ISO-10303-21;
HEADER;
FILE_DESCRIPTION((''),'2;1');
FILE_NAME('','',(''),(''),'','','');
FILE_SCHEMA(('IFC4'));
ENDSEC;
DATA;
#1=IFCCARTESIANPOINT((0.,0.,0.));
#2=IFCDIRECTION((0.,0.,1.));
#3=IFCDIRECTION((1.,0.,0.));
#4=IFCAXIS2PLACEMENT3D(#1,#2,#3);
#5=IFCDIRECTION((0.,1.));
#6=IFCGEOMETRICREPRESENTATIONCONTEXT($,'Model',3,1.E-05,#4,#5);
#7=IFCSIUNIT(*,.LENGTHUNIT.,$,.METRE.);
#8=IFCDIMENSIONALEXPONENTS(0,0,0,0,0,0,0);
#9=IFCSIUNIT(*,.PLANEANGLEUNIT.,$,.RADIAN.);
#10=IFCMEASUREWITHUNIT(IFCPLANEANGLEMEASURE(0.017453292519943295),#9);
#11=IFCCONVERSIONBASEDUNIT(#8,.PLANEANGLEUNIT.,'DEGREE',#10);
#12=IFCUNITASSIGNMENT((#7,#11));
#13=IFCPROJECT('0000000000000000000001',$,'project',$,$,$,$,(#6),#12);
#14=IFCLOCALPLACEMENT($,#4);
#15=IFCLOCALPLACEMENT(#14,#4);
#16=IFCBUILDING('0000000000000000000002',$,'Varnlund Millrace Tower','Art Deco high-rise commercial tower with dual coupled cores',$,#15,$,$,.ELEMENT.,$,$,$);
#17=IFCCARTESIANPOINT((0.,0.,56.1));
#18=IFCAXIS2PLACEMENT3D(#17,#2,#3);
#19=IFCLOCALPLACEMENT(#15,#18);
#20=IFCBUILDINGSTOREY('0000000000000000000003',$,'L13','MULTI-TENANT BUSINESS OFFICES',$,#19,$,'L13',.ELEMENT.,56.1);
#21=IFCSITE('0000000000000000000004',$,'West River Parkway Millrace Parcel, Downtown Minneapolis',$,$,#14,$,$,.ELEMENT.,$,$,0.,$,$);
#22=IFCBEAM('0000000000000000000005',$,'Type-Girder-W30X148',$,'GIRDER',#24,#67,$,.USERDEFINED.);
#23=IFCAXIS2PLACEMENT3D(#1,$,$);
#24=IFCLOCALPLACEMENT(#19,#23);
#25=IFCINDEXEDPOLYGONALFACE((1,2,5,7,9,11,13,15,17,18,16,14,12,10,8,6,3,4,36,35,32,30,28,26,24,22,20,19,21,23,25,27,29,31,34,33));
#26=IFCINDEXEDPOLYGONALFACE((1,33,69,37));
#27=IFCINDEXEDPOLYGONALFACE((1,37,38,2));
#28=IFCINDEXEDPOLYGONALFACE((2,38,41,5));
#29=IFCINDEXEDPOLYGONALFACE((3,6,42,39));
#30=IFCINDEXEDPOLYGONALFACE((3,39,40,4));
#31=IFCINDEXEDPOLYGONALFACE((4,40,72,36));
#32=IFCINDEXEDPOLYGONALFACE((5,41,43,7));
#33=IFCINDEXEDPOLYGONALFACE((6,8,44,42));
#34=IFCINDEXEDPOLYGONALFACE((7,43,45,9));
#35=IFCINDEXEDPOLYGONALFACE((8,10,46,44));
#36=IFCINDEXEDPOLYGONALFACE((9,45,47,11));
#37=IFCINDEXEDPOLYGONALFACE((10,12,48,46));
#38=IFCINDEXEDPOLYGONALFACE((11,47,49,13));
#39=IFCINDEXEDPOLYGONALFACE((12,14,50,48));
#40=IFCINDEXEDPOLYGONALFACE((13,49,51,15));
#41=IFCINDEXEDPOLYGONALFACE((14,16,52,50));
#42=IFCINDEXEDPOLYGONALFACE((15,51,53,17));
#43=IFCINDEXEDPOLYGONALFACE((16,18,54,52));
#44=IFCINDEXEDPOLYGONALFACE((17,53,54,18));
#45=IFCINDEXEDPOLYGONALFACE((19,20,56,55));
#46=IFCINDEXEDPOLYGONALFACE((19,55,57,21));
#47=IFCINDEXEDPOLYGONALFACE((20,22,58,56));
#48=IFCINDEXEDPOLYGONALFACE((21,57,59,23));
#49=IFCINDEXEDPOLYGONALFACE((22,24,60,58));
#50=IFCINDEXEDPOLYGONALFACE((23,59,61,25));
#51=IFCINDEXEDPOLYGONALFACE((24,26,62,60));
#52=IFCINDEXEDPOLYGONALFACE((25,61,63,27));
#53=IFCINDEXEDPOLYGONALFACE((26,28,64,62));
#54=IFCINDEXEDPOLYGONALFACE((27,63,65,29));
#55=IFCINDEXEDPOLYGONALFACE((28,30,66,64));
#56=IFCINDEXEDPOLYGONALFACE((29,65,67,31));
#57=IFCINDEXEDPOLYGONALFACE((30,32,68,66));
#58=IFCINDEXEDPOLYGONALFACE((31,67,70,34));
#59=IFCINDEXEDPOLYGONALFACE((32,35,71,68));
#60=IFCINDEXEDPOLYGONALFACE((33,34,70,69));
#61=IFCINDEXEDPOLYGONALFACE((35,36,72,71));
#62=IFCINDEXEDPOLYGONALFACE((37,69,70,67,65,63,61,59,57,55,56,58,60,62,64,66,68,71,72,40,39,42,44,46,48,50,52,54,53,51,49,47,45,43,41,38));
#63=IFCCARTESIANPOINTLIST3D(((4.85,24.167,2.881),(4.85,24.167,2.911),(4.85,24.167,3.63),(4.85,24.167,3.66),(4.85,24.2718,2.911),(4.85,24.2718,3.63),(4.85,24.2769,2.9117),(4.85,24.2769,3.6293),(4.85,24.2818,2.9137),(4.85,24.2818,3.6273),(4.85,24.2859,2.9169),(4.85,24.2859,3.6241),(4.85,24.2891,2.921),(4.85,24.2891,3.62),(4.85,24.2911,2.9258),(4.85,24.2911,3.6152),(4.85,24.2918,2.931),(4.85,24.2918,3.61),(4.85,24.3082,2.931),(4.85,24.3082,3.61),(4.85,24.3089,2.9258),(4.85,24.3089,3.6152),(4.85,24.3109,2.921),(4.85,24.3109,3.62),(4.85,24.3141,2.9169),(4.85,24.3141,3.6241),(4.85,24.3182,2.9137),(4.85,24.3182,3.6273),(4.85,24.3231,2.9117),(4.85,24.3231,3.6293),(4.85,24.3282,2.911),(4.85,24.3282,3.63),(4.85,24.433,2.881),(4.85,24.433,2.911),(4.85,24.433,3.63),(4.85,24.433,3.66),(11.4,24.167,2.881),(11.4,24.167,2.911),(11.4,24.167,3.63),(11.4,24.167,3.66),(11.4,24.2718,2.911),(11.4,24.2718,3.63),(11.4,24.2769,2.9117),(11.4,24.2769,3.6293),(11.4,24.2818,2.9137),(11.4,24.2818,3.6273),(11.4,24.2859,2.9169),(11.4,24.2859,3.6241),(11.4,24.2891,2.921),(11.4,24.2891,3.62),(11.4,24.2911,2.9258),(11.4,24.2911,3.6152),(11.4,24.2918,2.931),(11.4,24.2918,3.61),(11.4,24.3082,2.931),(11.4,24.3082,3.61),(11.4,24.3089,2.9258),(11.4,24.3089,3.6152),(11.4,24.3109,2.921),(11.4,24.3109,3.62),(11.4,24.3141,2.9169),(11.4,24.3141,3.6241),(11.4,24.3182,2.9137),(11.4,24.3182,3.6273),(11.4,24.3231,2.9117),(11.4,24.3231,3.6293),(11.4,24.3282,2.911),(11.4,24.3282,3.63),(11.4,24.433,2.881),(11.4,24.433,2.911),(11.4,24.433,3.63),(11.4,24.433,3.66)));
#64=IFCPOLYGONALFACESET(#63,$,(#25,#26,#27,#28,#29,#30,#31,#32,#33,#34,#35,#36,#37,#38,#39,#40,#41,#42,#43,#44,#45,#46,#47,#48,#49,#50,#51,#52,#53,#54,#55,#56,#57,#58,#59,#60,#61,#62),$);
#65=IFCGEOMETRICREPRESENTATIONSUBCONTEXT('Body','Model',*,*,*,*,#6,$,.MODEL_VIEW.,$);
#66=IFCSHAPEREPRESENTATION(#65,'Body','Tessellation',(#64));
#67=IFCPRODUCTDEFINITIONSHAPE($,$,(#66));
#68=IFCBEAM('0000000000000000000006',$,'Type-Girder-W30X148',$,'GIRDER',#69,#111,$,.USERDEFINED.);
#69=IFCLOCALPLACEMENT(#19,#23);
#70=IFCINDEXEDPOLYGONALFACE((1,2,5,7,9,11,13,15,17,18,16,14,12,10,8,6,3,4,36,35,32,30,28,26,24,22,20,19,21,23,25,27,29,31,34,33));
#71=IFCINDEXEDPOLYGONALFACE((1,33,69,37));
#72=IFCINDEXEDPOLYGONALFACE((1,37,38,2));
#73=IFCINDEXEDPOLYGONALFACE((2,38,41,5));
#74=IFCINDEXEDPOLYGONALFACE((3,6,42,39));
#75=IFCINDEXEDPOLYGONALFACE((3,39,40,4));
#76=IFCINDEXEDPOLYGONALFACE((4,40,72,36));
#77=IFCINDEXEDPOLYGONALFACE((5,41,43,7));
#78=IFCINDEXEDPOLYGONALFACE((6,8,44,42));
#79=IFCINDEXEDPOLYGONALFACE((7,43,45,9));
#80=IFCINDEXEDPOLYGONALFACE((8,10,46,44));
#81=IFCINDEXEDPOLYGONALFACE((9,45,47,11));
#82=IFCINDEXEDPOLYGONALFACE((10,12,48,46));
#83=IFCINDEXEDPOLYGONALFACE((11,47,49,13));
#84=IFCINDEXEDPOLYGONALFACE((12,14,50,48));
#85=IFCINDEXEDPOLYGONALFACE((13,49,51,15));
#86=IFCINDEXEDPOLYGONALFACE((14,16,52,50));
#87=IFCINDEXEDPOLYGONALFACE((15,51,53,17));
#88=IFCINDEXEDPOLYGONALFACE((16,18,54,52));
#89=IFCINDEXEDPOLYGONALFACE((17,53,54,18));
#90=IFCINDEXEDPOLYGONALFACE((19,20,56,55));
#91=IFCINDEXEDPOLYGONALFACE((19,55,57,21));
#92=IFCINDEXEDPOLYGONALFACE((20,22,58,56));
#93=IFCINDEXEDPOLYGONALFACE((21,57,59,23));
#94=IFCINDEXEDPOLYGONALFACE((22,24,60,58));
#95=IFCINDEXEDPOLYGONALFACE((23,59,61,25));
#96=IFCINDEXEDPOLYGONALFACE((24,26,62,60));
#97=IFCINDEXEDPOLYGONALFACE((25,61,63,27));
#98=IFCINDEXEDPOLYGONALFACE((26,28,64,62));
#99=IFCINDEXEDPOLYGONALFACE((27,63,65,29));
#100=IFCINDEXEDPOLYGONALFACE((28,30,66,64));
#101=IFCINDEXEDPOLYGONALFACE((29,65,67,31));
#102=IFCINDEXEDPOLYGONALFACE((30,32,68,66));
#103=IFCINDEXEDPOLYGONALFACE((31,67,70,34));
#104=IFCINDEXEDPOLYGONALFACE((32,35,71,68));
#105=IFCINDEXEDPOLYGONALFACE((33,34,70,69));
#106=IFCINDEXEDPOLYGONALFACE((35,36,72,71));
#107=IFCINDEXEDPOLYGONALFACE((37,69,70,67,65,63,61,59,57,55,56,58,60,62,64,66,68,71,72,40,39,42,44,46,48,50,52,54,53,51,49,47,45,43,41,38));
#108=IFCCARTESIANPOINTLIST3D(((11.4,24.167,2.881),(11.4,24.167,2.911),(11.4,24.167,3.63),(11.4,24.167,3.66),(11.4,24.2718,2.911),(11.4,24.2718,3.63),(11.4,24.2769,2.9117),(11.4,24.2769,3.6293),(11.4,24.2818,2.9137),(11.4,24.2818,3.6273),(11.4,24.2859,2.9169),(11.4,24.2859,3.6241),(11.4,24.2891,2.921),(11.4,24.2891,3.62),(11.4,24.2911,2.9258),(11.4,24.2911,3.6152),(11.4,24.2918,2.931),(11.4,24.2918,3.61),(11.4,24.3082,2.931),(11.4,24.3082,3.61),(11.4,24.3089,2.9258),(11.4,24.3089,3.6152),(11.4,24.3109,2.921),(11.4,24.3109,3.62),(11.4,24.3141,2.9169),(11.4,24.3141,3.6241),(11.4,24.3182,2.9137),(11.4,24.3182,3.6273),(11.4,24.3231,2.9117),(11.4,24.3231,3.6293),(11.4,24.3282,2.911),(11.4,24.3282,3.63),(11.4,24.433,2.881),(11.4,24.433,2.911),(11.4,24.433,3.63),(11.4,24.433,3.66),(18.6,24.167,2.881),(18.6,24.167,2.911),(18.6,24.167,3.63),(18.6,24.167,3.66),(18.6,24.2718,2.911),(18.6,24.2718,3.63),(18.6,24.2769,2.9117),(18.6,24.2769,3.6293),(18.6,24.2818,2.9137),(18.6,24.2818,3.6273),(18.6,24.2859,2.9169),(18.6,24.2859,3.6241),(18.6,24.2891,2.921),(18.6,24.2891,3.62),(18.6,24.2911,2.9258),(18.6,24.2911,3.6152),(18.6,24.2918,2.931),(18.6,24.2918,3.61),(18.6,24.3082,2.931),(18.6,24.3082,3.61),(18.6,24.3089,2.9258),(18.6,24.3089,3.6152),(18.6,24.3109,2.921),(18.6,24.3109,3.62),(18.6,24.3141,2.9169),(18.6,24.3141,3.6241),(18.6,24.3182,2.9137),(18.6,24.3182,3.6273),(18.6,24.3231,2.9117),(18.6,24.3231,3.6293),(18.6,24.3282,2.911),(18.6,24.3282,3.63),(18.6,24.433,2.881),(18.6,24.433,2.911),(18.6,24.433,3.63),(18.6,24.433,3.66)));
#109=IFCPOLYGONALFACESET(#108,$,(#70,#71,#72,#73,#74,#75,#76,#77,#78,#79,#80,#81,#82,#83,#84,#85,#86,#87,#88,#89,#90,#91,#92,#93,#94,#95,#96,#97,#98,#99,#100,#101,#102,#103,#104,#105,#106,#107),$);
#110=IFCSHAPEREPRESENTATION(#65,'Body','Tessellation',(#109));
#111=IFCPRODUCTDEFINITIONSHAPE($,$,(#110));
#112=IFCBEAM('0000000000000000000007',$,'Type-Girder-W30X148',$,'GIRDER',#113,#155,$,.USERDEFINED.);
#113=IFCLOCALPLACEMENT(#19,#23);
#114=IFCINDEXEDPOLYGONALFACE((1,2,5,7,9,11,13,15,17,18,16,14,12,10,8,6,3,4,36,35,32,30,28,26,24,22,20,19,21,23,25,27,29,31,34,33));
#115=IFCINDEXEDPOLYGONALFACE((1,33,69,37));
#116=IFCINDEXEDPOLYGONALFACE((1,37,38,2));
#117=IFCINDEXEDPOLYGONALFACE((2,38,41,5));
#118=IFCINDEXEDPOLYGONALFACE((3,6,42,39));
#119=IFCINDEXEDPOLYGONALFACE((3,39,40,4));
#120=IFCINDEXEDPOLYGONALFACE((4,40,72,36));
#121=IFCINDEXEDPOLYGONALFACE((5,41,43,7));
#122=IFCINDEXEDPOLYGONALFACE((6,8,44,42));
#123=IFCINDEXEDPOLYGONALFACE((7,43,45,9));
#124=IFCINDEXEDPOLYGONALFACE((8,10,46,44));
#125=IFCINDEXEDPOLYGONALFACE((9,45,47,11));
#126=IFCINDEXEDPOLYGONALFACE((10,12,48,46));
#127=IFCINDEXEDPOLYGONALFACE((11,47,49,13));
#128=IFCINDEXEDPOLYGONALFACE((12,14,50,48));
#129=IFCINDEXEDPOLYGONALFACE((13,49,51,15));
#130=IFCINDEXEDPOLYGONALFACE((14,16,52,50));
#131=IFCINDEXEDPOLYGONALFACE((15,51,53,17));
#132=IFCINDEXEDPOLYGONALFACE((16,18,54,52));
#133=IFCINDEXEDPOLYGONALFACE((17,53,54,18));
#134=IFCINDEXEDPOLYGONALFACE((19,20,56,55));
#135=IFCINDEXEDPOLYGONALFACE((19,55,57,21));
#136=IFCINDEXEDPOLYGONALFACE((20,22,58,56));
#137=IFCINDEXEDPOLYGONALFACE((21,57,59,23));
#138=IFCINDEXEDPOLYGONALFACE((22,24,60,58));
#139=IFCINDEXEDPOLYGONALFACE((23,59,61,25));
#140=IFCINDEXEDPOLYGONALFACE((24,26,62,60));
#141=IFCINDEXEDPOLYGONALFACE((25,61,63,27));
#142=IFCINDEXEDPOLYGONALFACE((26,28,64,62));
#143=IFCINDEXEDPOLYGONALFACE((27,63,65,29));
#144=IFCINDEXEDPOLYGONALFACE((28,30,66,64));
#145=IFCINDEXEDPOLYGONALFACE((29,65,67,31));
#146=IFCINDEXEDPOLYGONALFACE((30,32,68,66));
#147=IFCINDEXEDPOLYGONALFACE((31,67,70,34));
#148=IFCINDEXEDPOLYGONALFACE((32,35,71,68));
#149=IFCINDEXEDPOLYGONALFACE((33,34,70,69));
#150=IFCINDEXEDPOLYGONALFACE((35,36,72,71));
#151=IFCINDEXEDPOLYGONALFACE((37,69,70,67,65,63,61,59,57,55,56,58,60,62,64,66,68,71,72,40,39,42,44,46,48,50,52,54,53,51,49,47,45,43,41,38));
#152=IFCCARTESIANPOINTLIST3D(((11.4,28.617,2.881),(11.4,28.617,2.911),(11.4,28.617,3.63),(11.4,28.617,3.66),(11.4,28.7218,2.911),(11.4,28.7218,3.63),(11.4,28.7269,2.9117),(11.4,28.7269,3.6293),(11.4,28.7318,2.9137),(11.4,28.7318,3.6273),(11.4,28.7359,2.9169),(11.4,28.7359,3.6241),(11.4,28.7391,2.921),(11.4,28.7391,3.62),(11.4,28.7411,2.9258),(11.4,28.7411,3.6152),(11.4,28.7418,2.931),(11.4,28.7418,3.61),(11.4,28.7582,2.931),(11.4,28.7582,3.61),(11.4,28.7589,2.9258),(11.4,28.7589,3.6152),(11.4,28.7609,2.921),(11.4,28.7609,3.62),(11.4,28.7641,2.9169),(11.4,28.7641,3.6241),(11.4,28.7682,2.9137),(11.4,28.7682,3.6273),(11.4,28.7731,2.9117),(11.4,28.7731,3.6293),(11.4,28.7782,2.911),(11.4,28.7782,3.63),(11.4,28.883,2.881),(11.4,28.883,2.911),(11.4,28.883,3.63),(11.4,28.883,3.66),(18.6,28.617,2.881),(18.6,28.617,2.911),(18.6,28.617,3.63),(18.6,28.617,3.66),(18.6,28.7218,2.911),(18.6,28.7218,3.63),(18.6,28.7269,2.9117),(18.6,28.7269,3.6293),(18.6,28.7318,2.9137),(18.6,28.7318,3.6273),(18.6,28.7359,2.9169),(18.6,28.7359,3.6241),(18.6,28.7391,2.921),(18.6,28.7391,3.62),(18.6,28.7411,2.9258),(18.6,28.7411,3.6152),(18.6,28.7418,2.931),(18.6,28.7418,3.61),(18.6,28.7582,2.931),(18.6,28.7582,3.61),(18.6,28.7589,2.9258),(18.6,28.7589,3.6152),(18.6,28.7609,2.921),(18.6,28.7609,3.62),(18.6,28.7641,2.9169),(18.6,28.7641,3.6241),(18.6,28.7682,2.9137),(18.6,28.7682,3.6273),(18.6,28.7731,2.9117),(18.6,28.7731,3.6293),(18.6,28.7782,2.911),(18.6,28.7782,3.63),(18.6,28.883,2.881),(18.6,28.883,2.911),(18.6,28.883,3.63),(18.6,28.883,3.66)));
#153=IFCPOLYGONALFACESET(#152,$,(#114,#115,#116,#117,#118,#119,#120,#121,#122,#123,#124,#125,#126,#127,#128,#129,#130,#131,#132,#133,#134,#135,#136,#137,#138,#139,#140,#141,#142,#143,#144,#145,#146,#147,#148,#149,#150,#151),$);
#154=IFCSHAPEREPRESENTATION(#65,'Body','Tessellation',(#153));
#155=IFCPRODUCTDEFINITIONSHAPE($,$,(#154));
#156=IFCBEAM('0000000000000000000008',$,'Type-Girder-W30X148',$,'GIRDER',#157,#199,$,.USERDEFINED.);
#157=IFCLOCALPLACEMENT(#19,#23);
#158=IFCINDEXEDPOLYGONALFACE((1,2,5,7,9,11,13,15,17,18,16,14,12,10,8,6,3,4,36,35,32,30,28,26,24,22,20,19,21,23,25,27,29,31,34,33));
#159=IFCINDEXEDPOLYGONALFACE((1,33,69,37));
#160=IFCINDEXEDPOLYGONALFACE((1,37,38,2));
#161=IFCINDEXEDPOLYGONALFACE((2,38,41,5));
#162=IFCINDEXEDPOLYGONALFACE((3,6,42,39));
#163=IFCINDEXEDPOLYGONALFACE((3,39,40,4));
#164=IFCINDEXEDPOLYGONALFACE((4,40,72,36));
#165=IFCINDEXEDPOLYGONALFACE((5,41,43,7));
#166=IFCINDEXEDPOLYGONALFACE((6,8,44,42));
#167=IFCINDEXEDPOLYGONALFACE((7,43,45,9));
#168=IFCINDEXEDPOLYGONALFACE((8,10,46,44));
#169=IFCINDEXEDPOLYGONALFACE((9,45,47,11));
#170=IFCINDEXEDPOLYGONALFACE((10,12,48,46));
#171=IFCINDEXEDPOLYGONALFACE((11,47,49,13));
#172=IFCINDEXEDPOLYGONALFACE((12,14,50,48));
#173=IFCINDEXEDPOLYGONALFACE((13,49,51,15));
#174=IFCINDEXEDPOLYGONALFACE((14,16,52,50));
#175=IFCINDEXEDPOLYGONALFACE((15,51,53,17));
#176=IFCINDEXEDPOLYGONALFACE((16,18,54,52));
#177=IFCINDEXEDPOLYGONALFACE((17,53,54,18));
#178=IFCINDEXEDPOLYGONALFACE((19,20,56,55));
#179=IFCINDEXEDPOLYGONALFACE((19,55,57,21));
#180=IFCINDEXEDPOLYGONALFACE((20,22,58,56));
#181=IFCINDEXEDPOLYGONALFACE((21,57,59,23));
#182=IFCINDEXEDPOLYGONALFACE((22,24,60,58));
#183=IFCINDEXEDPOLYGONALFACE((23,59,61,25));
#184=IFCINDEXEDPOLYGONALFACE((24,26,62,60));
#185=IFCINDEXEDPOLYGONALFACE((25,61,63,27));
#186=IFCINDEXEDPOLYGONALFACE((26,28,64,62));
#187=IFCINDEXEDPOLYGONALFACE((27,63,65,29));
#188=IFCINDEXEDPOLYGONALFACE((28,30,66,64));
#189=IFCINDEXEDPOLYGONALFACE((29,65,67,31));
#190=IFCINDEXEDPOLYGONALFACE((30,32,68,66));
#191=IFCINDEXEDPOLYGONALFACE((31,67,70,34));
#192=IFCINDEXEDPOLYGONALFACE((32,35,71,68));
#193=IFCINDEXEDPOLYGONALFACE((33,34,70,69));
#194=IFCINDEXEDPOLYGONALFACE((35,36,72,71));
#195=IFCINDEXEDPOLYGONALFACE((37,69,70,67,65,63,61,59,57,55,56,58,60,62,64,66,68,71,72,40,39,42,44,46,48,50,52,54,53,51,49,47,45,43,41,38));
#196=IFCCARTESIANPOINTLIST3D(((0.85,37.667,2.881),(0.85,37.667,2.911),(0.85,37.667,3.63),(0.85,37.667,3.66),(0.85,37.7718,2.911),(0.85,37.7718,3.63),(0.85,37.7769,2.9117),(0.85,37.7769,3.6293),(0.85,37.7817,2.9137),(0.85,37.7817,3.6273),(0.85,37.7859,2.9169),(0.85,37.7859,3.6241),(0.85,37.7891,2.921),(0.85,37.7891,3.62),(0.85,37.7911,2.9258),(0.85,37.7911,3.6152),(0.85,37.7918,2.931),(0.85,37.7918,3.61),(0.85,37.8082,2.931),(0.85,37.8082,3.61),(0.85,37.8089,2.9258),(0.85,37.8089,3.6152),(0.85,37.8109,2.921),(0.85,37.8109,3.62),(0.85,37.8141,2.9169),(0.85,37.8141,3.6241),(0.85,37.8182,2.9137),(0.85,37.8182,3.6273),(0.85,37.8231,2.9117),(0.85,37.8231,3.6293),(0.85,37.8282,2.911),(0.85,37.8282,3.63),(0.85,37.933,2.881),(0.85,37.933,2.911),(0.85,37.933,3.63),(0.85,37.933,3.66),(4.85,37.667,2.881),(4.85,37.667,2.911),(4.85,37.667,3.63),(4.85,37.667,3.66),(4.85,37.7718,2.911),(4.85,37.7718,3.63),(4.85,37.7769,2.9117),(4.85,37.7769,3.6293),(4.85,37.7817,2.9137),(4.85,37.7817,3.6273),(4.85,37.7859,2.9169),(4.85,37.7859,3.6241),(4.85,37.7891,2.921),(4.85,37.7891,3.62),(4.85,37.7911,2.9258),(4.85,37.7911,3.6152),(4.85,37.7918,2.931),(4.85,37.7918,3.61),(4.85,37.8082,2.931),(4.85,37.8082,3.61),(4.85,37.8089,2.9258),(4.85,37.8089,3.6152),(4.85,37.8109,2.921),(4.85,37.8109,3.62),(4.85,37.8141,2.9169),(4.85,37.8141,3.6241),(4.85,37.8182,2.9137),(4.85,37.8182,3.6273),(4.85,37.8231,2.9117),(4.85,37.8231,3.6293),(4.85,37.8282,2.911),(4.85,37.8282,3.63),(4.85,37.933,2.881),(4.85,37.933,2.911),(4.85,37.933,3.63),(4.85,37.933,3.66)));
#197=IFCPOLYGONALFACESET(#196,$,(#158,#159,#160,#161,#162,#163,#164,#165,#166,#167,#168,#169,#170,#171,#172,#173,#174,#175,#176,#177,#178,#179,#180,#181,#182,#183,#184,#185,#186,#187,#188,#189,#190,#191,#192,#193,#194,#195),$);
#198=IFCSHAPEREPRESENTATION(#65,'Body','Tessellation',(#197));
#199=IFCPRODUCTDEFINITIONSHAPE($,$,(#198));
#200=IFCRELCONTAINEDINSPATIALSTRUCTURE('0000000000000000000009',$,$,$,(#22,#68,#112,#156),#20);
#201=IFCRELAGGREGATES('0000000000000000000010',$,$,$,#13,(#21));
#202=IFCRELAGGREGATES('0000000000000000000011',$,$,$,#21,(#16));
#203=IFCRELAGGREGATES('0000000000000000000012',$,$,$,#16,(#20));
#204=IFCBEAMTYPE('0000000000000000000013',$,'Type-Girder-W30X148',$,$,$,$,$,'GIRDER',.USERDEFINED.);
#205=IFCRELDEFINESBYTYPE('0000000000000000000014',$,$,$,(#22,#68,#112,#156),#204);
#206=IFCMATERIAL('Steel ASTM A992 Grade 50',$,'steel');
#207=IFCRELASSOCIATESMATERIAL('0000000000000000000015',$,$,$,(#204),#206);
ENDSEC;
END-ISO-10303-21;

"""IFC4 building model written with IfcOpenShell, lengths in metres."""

from ifc_helpers import new_model, entity, si_unit, converted_unit, direction, frame, origin_with_axes, origin_2d_with_axis, place, context, subcontext, project, spatial, i_section, extrude, material, material_profile, profile_set, type_object, element, save


model = new_model("IFC4")

# Units and contexts
model_context = context("Model", 3, precision=1e-05, world=origin_with_axes(), true_north=direction((0.0, 1.0)))
body_context = subcontext(model_context, "Body", "Model", "MODEL_VIEW")
ifc_project = project(units=[si_unit("LENGTHUNIT", "METRE"), converted_unit("PLANEANGLEUNIT", "DEGREE", entity("IfcPlaneAngleMeasure", 0.017453292519943295), si_unit("PLANEANGLEUNIT", "RADIAN"), dimensions=[0, 0, 0, 0, 0, 0, 0])], contexts=[model_context])

# Site, building, storey
site_placement = place(None, origin_with_axes())
site = spatial("IfcSite", under=ifc_project, at=site_placement, Name="West River Parkway Millrace Parcel, Downtown Minneapolis", CompositionType="ELEMENT", RefElevation=0.0)
building_placement = place(site_placement, origin_with_axes())
building = spatial("IfcBuilding", under=site, at=building_placement, Name="Varnlund Millrace Tower", Description="Art Deco high-rise commercial tower with dual coupled cores", CompositionType="ELEMENT")
storey_placement = place(building_placement, frame((0.0, 0.0, 56.1), z_axis=(0.0, 0.0, 1.0), x_axis=(1.0, 0.0, 0.0)))
storey = spatial("IfcBuildingStorey", under=building, at=storey_placement, Name="L13", Description="MULTI-TENANT BUSINESS OFFICES", LongName="L13", CompositionType="ELEMENT", Elevation=56.1)

# Beams
ifc_material_1 = material(Name="Steel ASTM A992 Grade 50", Category="steel")
ifc_material_profile_1 = material_profile(ifc_material_1, i_section(OverallWidth=0.266, OverallDepth=0.779, WebThickness=0.0165, FlangeThickness=0.03, FilletRadius=0.02, at=origin_2d_with_axis()), Name="Steel ASTM A992 Grade 50")
ifc_profile_set_1 = profile_set([ifc_material_profile_1], Name="Steel ASTM A992 Grade 50")
beam_type_1 = type_object("IfcBeamType", Name="Type-Girder-W30X148", ElementType="GIRDER", PredefinedType="USERDEFINED", material=ifc_profile_set_1)
beam_1_placement = place(storey_placement, frame((4.85, 24.3, 3.2705), z_axis=(1.0, 0.0, 0.0), x_axis=(0.0, 1.0, 0.0)))
element("IfcBeam", 1, at=beam_1_placement, inside=storey, type_object=beam_type_1, Name="Type-Girder-W30X148", ObjectType="GIRDER", PredefinedType="USERDEFINED", context=body_context, shape_type="SweptSolid", body=[
    extrude(i_section(OverallWidth=0.266, OverallDepth=0.779, WebThickness=0.0165, FlangeThickness=0.03, FilletRadius=0.02, at=origin_2d_with_axis()), origin_with_axes(), (0.0, 0.0, 1.0), 6.55),
])
for number, where, z_axis, x_axis, name in (
    (2, (11.4, 24.3, 3.2705), (1.0, 0.0, 0.0), (0.0, 1.0, 0.0), "Type-Girder-W30X148"),
    (3, (11.4, 28.75, 3.2705), (1.0, 0.0, 0.0), (0.0, 1.0, 0.0), "Type-Girder-W30X148"),
):
    element("IfcBeam", number, at=place(storey_placement, frame(where, z_axis=z_axis, x_axis=x_axis)), inside=storey, type_object=beam_type_1, Name=name, ObjectType="GIRDER", PredefinedType="USERDEFINED", context=body_context, shape_type="SweptSolid", body=[
        extrude(i_section(OverallWidth=0.266, OverallDepth=0.779, WebThickness=0.0165, FlangeThickness=0.03, FilletRadius=0.02, at=origin_2d_with_axis()), origin_with_axes(), (0.0, 0.0, 1.0), 7.2),
    ])
beam_2_placement = place(storey_placement, frame((0.85, 37.8, 3.2705), z_axis=(1.0, 0.0, 0.0), x_axis=(0.0, 1.0, 0.0)))
element("IfcBeam", 4, at=beam_2_placement, inside=storey, type_object=beam_type_1, Name="Type-Girder-W30X148", ObjectType="GIRDER", PredefinedType="USERDEFINED", context=body_context, shape_type="SweptSolid", body=[
    extrude(i_section(OverallWidth=0.266, OverallDepth=0.779, WebThickness=0.0165, FlangeThickness=0.03, FilletRadius=0.02, at=origin_2d_with_axis()), origin_with_axes(), (0.0, 0.0, 1.0), 4.0),
])

save(model, "model.ifc")
